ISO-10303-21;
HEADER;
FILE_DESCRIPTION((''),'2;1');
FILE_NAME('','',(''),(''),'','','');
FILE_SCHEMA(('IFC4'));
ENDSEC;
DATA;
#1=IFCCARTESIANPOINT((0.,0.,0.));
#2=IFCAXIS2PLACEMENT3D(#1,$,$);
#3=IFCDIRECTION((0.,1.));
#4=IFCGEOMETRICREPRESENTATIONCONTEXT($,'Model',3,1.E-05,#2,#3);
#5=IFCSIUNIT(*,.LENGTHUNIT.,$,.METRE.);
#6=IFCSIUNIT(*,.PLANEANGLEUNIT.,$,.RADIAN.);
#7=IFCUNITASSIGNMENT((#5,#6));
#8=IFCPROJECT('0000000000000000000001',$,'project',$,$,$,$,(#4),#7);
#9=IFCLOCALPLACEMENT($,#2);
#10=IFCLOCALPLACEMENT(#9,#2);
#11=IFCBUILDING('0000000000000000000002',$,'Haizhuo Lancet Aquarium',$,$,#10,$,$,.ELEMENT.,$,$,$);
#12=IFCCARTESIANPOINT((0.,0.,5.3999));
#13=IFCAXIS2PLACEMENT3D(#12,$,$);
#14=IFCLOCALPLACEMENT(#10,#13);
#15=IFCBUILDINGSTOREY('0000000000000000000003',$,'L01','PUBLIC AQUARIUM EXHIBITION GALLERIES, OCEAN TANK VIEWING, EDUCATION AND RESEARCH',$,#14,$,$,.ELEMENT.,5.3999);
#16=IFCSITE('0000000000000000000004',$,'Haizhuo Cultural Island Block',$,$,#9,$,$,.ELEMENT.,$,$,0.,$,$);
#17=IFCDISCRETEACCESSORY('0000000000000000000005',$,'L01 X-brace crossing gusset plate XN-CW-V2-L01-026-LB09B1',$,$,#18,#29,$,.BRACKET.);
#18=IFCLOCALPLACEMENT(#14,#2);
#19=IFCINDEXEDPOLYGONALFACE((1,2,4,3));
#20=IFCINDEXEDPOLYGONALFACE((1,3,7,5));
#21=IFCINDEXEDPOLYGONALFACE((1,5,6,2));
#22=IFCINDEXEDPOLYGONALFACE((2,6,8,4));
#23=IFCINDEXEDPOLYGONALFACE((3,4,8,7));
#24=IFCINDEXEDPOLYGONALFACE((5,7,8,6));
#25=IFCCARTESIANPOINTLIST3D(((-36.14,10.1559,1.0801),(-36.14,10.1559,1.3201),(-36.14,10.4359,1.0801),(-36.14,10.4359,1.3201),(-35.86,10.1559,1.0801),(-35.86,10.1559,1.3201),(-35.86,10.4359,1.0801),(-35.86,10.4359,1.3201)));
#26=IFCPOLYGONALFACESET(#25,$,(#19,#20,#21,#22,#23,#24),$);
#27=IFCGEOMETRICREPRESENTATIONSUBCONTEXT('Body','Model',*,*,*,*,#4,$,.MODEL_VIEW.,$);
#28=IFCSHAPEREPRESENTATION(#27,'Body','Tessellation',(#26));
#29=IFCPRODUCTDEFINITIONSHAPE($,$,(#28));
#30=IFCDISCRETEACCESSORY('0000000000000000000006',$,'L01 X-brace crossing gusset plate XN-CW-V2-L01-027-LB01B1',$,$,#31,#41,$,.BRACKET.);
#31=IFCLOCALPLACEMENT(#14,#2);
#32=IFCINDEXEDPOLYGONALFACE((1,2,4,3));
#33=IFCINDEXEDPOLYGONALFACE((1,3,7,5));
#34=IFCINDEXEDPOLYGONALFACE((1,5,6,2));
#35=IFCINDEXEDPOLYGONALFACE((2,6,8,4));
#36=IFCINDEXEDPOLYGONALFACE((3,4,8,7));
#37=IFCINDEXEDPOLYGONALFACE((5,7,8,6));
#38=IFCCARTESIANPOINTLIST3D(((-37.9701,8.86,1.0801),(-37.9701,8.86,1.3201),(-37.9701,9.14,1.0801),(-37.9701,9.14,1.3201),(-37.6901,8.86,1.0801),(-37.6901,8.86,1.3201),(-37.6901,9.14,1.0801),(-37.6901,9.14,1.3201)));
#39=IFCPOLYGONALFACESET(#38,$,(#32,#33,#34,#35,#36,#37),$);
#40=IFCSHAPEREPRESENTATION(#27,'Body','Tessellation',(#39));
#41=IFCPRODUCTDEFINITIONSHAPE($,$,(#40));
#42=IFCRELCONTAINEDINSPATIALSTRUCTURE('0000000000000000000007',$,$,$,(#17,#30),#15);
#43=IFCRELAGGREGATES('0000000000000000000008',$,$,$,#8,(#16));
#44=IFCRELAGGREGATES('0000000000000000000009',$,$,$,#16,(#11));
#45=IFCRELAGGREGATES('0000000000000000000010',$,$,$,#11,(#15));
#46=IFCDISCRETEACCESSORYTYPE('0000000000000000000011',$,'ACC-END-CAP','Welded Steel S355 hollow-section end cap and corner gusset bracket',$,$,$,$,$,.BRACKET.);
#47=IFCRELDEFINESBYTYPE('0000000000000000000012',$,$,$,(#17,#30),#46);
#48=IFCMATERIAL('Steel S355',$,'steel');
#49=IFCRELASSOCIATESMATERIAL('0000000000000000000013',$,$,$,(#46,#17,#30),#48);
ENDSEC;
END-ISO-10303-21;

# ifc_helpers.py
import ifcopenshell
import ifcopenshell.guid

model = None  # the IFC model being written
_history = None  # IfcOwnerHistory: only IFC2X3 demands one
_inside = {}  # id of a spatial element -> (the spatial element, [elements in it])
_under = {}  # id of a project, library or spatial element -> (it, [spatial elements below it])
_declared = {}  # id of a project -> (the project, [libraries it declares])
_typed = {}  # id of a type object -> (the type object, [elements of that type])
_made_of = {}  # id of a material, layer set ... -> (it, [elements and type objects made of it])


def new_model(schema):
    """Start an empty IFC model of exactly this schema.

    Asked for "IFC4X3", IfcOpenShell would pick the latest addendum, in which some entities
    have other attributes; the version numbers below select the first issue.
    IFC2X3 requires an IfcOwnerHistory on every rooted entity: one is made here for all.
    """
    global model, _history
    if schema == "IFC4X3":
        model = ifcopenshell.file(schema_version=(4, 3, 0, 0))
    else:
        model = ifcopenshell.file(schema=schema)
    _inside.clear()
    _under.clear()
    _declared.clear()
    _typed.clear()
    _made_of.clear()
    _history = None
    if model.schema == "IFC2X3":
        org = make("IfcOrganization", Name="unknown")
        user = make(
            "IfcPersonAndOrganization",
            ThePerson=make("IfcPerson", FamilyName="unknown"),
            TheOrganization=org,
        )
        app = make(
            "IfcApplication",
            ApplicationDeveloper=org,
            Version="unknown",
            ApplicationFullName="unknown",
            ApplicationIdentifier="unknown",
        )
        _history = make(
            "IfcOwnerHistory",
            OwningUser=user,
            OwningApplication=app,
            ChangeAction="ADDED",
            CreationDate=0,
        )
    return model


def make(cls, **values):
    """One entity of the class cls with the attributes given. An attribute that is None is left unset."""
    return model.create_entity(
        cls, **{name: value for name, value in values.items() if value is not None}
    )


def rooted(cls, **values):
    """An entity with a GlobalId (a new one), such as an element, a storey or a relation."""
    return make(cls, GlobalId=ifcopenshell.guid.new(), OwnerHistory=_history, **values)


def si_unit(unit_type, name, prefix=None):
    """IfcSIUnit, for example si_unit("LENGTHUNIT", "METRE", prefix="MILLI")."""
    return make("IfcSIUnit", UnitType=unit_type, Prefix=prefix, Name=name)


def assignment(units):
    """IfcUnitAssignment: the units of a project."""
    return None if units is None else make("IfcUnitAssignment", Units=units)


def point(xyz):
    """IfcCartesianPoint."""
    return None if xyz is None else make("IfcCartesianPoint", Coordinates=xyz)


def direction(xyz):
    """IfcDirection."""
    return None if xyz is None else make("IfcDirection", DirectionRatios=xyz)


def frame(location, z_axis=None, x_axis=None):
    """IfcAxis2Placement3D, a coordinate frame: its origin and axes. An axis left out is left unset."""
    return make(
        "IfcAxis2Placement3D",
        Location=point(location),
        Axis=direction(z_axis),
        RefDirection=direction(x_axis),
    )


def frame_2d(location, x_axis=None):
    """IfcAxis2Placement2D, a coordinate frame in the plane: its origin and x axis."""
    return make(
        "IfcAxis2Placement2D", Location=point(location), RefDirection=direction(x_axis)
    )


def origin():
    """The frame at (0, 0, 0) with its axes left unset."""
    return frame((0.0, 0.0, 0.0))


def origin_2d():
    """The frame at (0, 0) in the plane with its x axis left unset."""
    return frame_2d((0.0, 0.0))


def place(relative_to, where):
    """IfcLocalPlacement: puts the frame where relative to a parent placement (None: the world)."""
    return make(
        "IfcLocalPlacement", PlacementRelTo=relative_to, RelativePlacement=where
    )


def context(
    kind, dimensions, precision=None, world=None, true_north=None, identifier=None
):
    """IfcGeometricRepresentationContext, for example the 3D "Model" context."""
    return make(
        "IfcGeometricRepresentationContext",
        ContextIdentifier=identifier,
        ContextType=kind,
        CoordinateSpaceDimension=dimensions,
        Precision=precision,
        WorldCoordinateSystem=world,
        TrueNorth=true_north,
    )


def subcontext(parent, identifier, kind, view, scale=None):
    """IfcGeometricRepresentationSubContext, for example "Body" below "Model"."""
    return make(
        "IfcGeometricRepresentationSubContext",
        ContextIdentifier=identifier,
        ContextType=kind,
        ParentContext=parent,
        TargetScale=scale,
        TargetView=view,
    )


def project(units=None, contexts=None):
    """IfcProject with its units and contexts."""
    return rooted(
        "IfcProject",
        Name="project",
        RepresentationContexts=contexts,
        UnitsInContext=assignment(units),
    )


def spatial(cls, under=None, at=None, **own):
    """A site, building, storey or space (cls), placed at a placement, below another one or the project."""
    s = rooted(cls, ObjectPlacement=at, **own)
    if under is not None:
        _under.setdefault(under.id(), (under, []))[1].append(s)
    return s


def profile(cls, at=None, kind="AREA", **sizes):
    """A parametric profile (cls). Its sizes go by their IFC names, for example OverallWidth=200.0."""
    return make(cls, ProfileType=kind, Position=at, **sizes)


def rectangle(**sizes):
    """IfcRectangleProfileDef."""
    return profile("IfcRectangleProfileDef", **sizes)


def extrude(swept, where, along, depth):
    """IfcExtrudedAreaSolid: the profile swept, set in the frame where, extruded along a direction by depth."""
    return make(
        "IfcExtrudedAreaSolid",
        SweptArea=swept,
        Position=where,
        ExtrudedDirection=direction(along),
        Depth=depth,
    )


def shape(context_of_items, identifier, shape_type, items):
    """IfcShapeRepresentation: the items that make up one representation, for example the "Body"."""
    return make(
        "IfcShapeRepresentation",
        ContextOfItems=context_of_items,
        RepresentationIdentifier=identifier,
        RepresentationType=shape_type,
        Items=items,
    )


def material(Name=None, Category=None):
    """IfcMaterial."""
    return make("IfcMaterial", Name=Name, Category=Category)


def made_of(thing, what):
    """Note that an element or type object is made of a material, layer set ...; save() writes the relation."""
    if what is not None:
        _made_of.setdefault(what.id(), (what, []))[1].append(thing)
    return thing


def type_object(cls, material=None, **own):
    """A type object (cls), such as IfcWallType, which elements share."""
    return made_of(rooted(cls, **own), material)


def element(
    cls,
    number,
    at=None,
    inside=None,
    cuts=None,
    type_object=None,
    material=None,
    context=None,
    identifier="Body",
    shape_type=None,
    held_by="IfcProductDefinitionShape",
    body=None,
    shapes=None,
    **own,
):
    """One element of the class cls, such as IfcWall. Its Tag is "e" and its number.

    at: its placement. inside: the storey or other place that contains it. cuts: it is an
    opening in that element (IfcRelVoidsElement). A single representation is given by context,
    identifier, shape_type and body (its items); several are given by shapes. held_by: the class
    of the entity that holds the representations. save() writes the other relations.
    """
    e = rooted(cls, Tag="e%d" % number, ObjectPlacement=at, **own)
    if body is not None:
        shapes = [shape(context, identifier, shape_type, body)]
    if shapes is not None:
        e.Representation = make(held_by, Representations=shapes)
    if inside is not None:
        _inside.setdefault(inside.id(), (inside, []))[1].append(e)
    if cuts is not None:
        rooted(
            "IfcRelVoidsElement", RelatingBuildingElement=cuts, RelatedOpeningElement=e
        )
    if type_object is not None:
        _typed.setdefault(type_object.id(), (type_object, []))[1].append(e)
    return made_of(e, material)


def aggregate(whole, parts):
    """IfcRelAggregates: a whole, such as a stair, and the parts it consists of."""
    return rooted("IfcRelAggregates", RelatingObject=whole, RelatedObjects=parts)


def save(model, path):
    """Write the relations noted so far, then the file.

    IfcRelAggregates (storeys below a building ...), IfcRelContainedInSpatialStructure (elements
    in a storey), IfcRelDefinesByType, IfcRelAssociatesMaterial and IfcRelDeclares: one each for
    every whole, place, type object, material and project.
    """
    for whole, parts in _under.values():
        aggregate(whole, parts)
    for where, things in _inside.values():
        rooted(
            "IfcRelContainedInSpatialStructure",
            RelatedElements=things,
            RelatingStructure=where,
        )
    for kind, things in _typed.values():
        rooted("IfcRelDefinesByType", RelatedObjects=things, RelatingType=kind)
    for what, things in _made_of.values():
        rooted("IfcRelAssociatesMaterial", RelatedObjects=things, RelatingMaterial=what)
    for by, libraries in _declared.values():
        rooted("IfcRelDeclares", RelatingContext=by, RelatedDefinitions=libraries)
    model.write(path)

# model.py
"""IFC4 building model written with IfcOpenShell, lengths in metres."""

from ifc_helpers import new_model, si_unit, direction, frame, origin, origin_2d, place, context, subcontext, project, spatial, rectangle, extrude, material, type_object, element, save


model = new_model("IFC4")

# Units and contexts
model_context = context("Model", 3, precision=1e-05, world=origin(), true_north=direction((0.0, 1.0)))
body_context = subcontext(model_context, "Body", "Model", "MODEL_VIEW")
ifc_project = project(units=[si_unit("LENGTHUNIT", "METRE"), si_unit("PLANEANGLEUNIT", "RADIAN")], contexts=[model_context])

# Site, building, storey
site_placement = place(None, origin())
site = spatial("IfcSite", under=ifc_project, at=site_placement, Name="Haizhuo Cultural Island Block", CompositionType="ELEMENT", RefElevation=0.0)
building_placement = place(site_placement, origin())
building = spatial("IfcBuilding", under=site, at=building_placement, Name="Haizhuo Lancet Aquarium", CompositionType="ELEMENT")
storey_placement = place(building_placement, frame((0.0, 0.0, 5.3999)))
storey = spatial("IfcBuildingStorey", under=building, at=storey_placement, Name="L01", Description="PUBLIC AQUARIUM EXHIBITION GALLERIES, OCEAN TANK VIEWING, EDUCATION AND RESEARCH", CompositionType="ELEMENT", Elevation=5.3999)

# Shared definitions
ifc_material_1 = material(Name="Steel S355", Category="steel")

# Discrete accessories
discrete_accessory_type = type_object("IfcDiscreteAccessoryType", Name="ACC-END-CAP", Description="Welded Steel S355 hollow-section end cap and corner gusset bracket", PredefinedType="BRACKET", material=ifc_material_1)
for number, where, z_axis, x_axis, name in (
    (1, (-36.0, 10.2959, 1.0801), (0.0, 0.0, 1.0), (1.0, 0.0, 0.0), "L01 X-brace crossing gusset plate XN-CW-V2-L01-026-LB09B1"),
    (2, (-37.8301, 9.0, 1.0801), (0.0, 0.0, 1.0), (1.0, 0.0, 0.0), "L01 X-brace crossing gusset plate XN-CW-V2-L01-027-LB01B1"),
):
    element("IfcDiscreteAccessory", number, at=place(storey_placement, frame(where, z_axis=z_axis, x_axis=x_axis)), inside=storey, type_object=discrete_accessory_type, material=ifc_material_1, Name=name, PredefinedType="BRACKET", context=body_context, shape_type="SweptSolid", body=[
        extrude(rectangle(XDim=0.28, YDim=0.28, at=origin_2d()), origin(), (0.0, 0.0, 1.0), 0.24),
    ])

save(model, "model.ifc")
